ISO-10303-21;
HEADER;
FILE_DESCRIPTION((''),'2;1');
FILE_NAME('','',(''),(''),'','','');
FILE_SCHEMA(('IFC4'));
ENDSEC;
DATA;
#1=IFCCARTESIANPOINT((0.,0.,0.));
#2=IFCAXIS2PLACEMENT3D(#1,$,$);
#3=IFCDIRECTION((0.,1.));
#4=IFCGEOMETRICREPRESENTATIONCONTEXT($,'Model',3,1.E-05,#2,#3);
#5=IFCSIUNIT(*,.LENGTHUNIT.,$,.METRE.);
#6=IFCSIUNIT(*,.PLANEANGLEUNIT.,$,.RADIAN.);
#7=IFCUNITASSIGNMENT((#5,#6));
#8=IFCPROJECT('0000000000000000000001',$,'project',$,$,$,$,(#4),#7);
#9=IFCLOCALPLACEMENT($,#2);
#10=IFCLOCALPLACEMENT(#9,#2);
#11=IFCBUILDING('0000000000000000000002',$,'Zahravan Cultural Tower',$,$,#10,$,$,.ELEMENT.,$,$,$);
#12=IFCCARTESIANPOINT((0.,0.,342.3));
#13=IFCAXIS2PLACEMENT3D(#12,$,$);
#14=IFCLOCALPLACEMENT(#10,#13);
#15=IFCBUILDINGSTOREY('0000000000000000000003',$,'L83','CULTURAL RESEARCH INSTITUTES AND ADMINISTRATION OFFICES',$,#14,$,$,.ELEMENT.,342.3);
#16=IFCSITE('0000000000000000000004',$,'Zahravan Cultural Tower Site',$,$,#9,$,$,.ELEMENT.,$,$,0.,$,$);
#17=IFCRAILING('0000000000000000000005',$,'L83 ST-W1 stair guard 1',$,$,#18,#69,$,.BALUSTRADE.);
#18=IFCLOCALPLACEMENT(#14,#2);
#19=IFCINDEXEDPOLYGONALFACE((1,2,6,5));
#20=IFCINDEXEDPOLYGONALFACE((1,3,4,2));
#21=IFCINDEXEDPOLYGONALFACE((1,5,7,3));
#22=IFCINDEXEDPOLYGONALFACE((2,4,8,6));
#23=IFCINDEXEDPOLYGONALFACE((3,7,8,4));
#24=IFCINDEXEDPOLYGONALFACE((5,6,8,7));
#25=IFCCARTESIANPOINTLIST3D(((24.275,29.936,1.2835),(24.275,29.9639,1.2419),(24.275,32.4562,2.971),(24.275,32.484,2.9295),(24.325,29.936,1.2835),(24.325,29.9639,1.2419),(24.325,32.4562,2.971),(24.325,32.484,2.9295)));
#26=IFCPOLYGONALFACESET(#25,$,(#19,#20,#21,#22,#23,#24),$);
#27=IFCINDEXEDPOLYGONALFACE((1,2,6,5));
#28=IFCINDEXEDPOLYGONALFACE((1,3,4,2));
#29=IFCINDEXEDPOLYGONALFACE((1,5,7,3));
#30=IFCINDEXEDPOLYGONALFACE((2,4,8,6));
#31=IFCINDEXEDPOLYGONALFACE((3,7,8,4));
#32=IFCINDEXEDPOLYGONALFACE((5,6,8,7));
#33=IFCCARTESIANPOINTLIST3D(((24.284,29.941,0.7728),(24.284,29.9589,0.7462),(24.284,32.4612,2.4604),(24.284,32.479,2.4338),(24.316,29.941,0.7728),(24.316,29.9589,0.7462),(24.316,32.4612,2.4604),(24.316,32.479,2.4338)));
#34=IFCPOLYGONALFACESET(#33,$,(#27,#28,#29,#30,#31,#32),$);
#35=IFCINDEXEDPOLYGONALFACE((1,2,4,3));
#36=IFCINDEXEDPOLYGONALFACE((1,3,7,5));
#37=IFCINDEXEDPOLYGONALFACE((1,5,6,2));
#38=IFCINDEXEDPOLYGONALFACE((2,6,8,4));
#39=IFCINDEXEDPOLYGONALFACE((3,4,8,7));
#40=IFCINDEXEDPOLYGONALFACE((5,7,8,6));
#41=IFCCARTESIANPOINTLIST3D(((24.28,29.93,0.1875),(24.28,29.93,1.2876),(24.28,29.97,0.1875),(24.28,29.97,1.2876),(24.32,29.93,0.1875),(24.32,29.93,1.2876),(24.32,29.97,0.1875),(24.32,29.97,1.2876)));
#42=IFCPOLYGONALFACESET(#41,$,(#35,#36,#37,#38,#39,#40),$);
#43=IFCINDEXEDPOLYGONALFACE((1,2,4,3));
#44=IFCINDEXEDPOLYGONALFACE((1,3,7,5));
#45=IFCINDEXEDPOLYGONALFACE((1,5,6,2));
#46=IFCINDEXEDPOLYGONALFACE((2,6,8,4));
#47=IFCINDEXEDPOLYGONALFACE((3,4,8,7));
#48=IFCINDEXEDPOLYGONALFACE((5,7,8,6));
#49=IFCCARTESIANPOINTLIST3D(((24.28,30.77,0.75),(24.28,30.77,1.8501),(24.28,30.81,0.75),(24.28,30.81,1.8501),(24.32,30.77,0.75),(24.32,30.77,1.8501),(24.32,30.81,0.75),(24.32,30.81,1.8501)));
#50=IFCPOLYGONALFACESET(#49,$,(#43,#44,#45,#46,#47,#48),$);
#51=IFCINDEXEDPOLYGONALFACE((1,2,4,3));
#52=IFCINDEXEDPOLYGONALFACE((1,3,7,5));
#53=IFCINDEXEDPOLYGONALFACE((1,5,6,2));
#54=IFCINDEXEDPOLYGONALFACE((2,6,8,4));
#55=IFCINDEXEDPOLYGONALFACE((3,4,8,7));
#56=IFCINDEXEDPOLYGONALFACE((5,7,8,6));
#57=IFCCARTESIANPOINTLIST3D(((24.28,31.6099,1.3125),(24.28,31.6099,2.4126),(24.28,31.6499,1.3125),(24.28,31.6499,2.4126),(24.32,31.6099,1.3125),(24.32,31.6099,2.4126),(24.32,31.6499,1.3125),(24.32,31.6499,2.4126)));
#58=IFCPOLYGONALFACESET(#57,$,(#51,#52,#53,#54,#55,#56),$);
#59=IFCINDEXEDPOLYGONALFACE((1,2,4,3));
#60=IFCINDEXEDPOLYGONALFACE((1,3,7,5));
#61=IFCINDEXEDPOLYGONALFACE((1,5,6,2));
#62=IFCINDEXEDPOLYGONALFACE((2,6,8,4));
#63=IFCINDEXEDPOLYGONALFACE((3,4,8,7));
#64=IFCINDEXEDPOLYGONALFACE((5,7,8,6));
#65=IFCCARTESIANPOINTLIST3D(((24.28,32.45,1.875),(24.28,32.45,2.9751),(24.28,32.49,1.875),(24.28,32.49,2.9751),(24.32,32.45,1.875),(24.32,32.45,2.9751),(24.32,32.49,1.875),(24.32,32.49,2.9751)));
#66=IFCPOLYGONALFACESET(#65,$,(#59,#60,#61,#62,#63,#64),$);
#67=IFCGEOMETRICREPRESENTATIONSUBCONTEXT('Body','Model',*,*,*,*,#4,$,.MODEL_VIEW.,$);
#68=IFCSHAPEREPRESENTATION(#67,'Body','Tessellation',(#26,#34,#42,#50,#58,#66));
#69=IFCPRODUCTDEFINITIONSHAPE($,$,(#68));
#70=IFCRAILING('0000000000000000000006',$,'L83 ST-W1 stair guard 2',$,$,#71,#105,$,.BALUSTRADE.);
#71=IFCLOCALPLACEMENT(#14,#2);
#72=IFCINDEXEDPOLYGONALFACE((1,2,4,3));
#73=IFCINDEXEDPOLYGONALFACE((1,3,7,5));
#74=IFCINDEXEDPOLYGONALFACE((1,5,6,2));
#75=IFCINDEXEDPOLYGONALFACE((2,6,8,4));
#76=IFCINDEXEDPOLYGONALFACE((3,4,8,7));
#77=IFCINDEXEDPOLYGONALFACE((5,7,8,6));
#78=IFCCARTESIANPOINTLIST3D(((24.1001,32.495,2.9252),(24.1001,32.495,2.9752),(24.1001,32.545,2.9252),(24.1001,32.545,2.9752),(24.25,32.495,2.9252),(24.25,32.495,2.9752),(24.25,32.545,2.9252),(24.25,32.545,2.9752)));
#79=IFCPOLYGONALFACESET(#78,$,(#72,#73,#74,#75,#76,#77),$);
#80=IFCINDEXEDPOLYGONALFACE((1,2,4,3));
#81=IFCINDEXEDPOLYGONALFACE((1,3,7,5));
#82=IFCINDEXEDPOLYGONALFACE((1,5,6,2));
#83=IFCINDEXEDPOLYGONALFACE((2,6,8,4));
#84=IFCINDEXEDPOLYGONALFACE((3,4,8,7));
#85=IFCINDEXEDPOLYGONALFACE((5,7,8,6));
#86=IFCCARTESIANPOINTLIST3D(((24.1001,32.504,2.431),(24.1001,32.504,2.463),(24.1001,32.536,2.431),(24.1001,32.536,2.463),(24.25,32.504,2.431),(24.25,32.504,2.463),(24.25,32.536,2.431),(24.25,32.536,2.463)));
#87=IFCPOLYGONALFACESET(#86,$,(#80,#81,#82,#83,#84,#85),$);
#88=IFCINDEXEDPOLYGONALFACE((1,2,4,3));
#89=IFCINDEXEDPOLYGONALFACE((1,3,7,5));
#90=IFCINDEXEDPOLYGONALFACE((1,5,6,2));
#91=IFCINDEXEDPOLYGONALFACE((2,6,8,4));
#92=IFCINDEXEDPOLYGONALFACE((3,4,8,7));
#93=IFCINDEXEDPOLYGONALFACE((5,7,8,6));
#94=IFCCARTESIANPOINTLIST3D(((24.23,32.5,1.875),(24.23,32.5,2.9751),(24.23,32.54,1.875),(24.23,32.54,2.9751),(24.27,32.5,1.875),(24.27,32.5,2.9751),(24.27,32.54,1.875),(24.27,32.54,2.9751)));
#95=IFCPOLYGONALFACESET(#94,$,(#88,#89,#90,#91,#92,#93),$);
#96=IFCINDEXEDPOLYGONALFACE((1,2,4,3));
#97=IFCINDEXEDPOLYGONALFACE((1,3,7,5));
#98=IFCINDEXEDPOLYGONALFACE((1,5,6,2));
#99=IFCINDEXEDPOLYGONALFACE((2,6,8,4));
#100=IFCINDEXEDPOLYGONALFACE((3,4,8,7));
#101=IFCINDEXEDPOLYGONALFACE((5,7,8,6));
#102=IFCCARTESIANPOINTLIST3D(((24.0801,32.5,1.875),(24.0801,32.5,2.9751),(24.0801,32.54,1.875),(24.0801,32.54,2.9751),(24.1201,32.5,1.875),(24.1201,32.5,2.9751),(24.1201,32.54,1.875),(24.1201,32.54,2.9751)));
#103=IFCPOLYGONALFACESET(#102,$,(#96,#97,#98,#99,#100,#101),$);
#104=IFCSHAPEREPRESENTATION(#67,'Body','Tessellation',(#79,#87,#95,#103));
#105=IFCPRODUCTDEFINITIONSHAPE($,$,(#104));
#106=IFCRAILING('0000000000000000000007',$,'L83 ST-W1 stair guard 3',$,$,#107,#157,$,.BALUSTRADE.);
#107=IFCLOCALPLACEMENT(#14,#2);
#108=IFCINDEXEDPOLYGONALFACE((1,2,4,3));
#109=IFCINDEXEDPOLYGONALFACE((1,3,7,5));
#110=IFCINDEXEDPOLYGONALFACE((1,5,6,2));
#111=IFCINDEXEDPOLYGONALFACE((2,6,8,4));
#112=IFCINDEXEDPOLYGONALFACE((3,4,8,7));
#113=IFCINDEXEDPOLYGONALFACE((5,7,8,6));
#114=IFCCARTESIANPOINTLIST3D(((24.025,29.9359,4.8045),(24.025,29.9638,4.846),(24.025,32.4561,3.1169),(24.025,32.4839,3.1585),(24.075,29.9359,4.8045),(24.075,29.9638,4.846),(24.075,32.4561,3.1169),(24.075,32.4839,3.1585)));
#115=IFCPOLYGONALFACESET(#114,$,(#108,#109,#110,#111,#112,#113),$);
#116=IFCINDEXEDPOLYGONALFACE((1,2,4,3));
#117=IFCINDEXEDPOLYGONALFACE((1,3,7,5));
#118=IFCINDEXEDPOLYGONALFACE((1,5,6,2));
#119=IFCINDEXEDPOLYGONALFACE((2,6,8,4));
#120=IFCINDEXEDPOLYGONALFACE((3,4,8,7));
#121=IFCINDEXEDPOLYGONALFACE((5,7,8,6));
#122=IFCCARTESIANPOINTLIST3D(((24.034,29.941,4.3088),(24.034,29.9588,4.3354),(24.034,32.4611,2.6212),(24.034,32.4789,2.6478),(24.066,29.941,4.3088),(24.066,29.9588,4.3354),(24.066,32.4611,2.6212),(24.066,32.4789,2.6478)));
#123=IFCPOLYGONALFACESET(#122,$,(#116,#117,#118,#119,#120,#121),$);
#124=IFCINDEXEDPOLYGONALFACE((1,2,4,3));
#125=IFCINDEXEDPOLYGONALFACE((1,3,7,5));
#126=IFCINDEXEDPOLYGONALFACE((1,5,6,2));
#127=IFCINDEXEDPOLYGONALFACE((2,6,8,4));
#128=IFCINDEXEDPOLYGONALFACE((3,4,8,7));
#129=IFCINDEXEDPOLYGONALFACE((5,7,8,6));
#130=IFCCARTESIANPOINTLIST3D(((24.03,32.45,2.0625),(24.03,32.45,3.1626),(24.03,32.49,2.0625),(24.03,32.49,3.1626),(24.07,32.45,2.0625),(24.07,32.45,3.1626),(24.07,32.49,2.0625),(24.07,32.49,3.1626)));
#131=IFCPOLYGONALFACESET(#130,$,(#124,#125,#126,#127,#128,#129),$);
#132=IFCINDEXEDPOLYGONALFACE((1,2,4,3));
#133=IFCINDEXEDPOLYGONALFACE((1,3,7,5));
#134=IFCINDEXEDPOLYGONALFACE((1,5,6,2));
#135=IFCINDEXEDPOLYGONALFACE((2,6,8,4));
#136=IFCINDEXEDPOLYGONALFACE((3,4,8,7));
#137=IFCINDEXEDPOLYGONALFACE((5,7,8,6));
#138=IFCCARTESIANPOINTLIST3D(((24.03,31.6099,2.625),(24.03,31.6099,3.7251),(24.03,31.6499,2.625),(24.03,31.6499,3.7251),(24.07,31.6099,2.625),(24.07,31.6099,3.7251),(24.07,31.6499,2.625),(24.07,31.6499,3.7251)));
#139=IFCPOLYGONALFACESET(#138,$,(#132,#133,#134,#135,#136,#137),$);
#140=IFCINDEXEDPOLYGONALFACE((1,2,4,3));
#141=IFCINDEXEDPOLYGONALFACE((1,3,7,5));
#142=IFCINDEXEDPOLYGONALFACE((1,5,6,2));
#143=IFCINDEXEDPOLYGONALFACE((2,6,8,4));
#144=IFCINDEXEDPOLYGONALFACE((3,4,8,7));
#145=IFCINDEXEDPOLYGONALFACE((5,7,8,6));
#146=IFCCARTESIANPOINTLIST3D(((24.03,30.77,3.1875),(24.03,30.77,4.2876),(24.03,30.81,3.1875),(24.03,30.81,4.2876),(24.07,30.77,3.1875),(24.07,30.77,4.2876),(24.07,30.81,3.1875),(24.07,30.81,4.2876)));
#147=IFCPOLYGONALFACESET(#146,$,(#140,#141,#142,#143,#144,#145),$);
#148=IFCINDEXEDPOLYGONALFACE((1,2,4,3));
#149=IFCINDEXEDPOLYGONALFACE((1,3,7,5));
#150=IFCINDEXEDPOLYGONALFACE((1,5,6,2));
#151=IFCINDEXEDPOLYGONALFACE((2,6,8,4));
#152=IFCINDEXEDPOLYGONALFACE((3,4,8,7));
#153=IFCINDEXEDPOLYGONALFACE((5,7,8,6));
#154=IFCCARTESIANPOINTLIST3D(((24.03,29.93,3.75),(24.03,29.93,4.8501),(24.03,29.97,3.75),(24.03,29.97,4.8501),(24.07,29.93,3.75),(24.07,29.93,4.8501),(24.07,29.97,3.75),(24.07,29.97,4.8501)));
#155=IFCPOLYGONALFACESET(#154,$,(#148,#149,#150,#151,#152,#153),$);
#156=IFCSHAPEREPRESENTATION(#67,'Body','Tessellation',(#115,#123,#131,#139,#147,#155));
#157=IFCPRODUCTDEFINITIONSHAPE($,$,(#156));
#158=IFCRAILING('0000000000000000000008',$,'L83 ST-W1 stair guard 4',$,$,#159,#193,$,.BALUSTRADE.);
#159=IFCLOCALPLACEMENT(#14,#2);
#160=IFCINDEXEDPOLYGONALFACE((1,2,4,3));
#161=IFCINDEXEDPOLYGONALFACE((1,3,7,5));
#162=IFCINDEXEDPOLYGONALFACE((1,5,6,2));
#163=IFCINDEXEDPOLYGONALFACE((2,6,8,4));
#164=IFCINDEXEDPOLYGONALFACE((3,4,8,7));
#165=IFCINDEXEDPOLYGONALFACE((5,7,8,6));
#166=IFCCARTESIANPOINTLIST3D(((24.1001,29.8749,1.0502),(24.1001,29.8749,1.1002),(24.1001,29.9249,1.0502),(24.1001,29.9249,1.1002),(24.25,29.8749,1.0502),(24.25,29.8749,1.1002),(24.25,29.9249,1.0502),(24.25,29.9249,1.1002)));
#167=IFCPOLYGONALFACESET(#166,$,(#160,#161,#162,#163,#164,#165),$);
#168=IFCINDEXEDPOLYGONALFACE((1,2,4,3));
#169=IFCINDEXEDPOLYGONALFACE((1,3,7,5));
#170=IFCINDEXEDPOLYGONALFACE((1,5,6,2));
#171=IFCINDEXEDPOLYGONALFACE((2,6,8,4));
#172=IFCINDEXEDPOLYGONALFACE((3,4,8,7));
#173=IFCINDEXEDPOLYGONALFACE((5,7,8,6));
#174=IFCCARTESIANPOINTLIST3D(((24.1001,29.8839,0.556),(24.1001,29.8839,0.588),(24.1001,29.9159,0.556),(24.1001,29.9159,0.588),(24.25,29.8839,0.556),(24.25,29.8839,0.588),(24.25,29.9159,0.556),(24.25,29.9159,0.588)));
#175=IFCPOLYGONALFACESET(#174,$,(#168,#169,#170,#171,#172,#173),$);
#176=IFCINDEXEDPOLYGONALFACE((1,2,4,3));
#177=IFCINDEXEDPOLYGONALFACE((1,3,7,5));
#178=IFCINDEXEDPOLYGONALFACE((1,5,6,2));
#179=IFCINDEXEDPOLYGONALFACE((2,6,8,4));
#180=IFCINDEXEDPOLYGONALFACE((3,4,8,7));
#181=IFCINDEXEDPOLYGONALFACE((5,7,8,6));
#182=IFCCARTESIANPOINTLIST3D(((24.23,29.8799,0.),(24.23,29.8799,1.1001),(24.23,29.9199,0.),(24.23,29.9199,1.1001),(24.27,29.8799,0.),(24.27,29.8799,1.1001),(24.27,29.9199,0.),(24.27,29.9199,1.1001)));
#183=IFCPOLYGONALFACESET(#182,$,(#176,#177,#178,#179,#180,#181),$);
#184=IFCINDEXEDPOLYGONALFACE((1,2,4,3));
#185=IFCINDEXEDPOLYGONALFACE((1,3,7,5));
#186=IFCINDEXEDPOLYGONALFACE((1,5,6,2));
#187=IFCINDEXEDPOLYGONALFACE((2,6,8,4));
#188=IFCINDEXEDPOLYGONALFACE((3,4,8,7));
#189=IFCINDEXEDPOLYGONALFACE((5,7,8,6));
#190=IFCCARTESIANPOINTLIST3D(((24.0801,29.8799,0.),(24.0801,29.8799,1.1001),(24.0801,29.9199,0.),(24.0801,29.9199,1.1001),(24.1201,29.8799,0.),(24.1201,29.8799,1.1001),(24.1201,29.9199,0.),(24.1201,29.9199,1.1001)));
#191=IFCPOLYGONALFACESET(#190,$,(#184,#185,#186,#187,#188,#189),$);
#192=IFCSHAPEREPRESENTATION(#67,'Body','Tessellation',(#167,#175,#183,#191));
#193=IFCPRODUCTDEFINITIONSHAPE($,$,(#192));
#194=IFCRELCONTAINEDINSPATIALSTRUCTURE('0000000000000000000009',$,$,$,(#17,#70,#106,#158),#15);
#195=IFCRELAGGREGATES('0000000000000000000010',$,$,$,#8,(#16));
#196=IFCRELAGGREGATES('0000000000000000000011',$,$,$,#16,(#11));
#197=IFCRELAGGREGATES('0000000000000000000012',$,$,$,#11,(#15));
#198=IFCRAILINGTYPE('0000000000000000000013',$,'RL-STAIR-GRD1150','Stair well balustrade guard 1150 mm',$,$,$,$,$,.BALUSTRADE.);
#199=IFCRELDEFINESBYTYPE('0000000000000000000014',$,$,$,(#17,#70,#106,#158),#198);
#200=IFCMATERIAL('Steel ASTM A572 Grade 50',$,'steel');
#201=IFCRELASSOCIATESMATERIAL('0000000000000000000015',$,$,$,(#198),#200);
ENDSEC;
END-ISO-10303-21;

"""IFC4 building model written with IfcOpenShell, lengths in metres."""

from ifc_helpers import new_model, si_unit, direction, frame, origin, origin_2d, place, context, subcontext, project, spatial, rectangle, extrude, material, type_object, element, save


model = new_model("IFC4")

# Units and contexts
model_context = context("Model", 3, precision=1e-05, world=origin(), true_north=direction((0.0, 1.0)))
body_context = subcontext(model_context, "Body", "Model", "MODEL_VIEW")
ifc_project = project(units=[si_unit("LENGTHUNIT", "METRE"), si_unit("PLANEANGLEUNIT", "RADIAN")], contexts=[model_context])

# Site, building, storey
site_placement = place(None, origin())
site = spatial("IfcSite", under=ifc_project, at=site_placement, Name="Zahravan Cultural Tower Site", CompositionType="ELEMENT", RefElevation=0.0)
building_placement = place(site_placement, origin())
building = spatial("IfcBuilding", under=site, at=building_placement, Name="Zahravan Cultural Tower", CompositionType="ELEMENT")
storey_placement = place(building_placement, frame((0.0, 0.0, 342.3)))
storey = spatial("IfcBuildingStorey", under=building, at=storey_placement, Name="L83", Description="CULTURAL RESEARCH INSTITUTES AND ADMINISTRATION OFFICES", CompositionType="ELEMENT", Elevation=342.3)

# Railings
ifc_material_1 = material(Name="Steel ASTM A572 Grade 50", Category="steel")
railing_type_1 = type_object("IfcRailingType", Name="RL-STAIR-GRD1150", Description="Stair well balustrade guard 1150 mm", PredefinedType="BALUSTRADE", material=ifc_material_1)
railing_1_placement = place(storey_placement, frame((24.3, 29.95, 0.1875)))
element("IfcRailing", 1, at=railing_1_placement, inside=storey, type_object=railing_type_1, Name="L83 ST-W1 stair guard 1", PredefinedType="BALUSTRADE", context=body_context, shape_type="SweptSolid", body=[
    extrude(rectangle(XDim=0.05, YDim=0.05, at=origin_2d()), frame((0.0, 0.0, 1.0752), z_axis=(0.0, 0.830909, 0.556408), x_axis=(-1.0, 0.0, 0.0)), (0.0, 0.0, 1.0), 3.033),
    extrude(rectangle(XDim=0.032, YDim=0.032, at=origin_2d()), frame((0.0, 0.0, 0.572), z_axis=(0.0, 0.830909, 0.556408), x_axis=(-1.0, 0.0, 0.0)), (0.0, 0.0, 1.0), 3.033),
    extrude(rectangle(XDim=0.04, YDim=0.04, at=origin_2d()), origin(), (0.0, 0.0, 1.0), 1.1001),
    extrude(rectangle(XDim=0.04, YDim=0.04, at=origin_2d()), frame((0.0, 0.8401, 0.5625)), (0.0, 0.0, 1.0), 1.1001),
    extrude(rectangle(XDim=0.04, YDim=0.04, at=origin_2d()), frame((0.0, 1.6799, 1.125)), (0.0, 0.0, 1.0), 1.1001),
    extrude(rectangle(XDim=0.04, YDim=0.04, at=origin_2d()), frame((0.0, 2.52, 1.6875)), (0.0, 0.0, 1.0), 1.1001),
])
railing_2_placement = place(storey_placement, frame((24.25, 32.52, 1.875)))
element("IfcRailing", 2, at=railing_2_placement, inside=storey, type_object=railing_type_1, Name="L83 ST-W1 stair guard 2", PredefinedType="BALUSTRADE", context=body_context, shape_type="SweptSolid", body=[
    extrude(rectangle(XDim=0.05, YDim=0.05, at=origin_2d()), frame((0.0, 0.0, 1.0752), z_axis=(-1.0, 0.0, 0.0), x_axis=(0.0, -1.0, 0.0)), (0.0, 0.0, 1.0), 0.1499),
    extrude(rectangle(XDim=0.032, YDim=0.032, at=origin_2d()), frame((0.0, 0.0, 0.572), z_axis=(-1.0, 0.0, 0.0), x_axis=(0.0, -1.0, 0.0)), (0.0, 0.0, 1.0), 0.1499),
    extrude(rectangle(XDim=0.04, YDim=0.04, at=origin_2d()), origin(), (0.0, 0.0, 1.0), 1.1001),
    extrude(rectangle(XDim=0.04, YDim=0.04, at=origin_2d()), frame((-0.1499, 0.0, 0.0)), (0.0, 0.0, 1.0), 1.1001),
])
railing_3_placement = place(storey_placement, frame((24.05, 32.47, 2.0625)))
element("IfcRailing", 3, at=railing_3_placement, inside=storey, type_object=railing_type_1, Name="L83 ST-W1 stair guard 3", PredefinedType="BALUSTRADE", context=body_context, shape_type="SweptSolid", body=[
    extrude(rectangle(XDim=0.05, YDim=0.05, at=origin_2d()), frame((0.0, 0.0, 1.0752), z_axis=(0.0, -0.830909, 0.556408), x_axis=(1.0, 0.0, 0.0)), (0.0, 0.0, 1.0), 3.033),
    extrude(rectangle(XDim=0.032, YDim=0.032, at=origin_2d()), frame((0.0, 0.0, 0.572), z_axis=(0.0, -0.830909, 0.556408), x_axis=(1.0, 0.0, 0.0)), (0.0, 0.0, 1.0), 3.033),
    extrude(rectangle(XDim=0.04, YDim=0.04, at=origin_2d()), origin(), (0.0, 0.0, 1.0), 1.1001),
    extrude(rectangle(XDim=0.04, YDim=0.04, at=origin_2d()), frame((0.0, -0.8401, 0.5625)), (0.0, 0.0, 1.0), 1.1001),
    extrude(rectangle(XDim=0.04, YDim=0.04, at=origin_2d()), frame((0.0, -1.6799, 1.125)), (0.0, 0.0, 1.0), 1.1001),
    extrude(rectangle(XDim=0.04, YDim=0.04, at=origin_2d()), frame((0.0, -2.52, 1.6875)), (0.0, 0.0, 1.0), 1.1001),
])
railing_4_placement = place(storey_placement, frame((24.25, 29.8999, 0.0)))
element("IfcRailing", 4, at=railing_4_placement, inside=storey, type_object=railing_type_1, Name="L83 ST-W1 stair guard 4", PredefinedType="BALUSTRADE", context=body_context, shape_type="SweptSolid", body=[
    extrude(rectangle(XDim=0.05, YDim=0.05, at=origin_2d()), frame((0.0, 0.0, 1.0752), z_axis=(-1.0, 0.0, 0.0), x_axis=(0.0, -1.0, 0.0)), (0.0, 0.0, 1.0), 0.1499),
    extrude(rectangle(XDim=0.032, YDim=0.032, at=origin_2d()), frame((0.0, 0.0, 0.572), z_axis=(-1.0, 0.0, 0.0), x_axis=(0.0, -1.0, 0.0)), (0.0, 0.0, 1.0), 0.1499),
    extrude(rectangle(XDim=0.04, YDim=0.04, at=origin_2d()), origin(), (0.0, 0.0, 1.0), 1.1001),
    extrude(rectangle(XDim=0.04, YDim=0.04, at=origin_2d()), frame((-0.1499, 0.0, 0.0)), (0.0, 0.0, 1.0), 1.1001),
])

save(model, "model.ifc")
